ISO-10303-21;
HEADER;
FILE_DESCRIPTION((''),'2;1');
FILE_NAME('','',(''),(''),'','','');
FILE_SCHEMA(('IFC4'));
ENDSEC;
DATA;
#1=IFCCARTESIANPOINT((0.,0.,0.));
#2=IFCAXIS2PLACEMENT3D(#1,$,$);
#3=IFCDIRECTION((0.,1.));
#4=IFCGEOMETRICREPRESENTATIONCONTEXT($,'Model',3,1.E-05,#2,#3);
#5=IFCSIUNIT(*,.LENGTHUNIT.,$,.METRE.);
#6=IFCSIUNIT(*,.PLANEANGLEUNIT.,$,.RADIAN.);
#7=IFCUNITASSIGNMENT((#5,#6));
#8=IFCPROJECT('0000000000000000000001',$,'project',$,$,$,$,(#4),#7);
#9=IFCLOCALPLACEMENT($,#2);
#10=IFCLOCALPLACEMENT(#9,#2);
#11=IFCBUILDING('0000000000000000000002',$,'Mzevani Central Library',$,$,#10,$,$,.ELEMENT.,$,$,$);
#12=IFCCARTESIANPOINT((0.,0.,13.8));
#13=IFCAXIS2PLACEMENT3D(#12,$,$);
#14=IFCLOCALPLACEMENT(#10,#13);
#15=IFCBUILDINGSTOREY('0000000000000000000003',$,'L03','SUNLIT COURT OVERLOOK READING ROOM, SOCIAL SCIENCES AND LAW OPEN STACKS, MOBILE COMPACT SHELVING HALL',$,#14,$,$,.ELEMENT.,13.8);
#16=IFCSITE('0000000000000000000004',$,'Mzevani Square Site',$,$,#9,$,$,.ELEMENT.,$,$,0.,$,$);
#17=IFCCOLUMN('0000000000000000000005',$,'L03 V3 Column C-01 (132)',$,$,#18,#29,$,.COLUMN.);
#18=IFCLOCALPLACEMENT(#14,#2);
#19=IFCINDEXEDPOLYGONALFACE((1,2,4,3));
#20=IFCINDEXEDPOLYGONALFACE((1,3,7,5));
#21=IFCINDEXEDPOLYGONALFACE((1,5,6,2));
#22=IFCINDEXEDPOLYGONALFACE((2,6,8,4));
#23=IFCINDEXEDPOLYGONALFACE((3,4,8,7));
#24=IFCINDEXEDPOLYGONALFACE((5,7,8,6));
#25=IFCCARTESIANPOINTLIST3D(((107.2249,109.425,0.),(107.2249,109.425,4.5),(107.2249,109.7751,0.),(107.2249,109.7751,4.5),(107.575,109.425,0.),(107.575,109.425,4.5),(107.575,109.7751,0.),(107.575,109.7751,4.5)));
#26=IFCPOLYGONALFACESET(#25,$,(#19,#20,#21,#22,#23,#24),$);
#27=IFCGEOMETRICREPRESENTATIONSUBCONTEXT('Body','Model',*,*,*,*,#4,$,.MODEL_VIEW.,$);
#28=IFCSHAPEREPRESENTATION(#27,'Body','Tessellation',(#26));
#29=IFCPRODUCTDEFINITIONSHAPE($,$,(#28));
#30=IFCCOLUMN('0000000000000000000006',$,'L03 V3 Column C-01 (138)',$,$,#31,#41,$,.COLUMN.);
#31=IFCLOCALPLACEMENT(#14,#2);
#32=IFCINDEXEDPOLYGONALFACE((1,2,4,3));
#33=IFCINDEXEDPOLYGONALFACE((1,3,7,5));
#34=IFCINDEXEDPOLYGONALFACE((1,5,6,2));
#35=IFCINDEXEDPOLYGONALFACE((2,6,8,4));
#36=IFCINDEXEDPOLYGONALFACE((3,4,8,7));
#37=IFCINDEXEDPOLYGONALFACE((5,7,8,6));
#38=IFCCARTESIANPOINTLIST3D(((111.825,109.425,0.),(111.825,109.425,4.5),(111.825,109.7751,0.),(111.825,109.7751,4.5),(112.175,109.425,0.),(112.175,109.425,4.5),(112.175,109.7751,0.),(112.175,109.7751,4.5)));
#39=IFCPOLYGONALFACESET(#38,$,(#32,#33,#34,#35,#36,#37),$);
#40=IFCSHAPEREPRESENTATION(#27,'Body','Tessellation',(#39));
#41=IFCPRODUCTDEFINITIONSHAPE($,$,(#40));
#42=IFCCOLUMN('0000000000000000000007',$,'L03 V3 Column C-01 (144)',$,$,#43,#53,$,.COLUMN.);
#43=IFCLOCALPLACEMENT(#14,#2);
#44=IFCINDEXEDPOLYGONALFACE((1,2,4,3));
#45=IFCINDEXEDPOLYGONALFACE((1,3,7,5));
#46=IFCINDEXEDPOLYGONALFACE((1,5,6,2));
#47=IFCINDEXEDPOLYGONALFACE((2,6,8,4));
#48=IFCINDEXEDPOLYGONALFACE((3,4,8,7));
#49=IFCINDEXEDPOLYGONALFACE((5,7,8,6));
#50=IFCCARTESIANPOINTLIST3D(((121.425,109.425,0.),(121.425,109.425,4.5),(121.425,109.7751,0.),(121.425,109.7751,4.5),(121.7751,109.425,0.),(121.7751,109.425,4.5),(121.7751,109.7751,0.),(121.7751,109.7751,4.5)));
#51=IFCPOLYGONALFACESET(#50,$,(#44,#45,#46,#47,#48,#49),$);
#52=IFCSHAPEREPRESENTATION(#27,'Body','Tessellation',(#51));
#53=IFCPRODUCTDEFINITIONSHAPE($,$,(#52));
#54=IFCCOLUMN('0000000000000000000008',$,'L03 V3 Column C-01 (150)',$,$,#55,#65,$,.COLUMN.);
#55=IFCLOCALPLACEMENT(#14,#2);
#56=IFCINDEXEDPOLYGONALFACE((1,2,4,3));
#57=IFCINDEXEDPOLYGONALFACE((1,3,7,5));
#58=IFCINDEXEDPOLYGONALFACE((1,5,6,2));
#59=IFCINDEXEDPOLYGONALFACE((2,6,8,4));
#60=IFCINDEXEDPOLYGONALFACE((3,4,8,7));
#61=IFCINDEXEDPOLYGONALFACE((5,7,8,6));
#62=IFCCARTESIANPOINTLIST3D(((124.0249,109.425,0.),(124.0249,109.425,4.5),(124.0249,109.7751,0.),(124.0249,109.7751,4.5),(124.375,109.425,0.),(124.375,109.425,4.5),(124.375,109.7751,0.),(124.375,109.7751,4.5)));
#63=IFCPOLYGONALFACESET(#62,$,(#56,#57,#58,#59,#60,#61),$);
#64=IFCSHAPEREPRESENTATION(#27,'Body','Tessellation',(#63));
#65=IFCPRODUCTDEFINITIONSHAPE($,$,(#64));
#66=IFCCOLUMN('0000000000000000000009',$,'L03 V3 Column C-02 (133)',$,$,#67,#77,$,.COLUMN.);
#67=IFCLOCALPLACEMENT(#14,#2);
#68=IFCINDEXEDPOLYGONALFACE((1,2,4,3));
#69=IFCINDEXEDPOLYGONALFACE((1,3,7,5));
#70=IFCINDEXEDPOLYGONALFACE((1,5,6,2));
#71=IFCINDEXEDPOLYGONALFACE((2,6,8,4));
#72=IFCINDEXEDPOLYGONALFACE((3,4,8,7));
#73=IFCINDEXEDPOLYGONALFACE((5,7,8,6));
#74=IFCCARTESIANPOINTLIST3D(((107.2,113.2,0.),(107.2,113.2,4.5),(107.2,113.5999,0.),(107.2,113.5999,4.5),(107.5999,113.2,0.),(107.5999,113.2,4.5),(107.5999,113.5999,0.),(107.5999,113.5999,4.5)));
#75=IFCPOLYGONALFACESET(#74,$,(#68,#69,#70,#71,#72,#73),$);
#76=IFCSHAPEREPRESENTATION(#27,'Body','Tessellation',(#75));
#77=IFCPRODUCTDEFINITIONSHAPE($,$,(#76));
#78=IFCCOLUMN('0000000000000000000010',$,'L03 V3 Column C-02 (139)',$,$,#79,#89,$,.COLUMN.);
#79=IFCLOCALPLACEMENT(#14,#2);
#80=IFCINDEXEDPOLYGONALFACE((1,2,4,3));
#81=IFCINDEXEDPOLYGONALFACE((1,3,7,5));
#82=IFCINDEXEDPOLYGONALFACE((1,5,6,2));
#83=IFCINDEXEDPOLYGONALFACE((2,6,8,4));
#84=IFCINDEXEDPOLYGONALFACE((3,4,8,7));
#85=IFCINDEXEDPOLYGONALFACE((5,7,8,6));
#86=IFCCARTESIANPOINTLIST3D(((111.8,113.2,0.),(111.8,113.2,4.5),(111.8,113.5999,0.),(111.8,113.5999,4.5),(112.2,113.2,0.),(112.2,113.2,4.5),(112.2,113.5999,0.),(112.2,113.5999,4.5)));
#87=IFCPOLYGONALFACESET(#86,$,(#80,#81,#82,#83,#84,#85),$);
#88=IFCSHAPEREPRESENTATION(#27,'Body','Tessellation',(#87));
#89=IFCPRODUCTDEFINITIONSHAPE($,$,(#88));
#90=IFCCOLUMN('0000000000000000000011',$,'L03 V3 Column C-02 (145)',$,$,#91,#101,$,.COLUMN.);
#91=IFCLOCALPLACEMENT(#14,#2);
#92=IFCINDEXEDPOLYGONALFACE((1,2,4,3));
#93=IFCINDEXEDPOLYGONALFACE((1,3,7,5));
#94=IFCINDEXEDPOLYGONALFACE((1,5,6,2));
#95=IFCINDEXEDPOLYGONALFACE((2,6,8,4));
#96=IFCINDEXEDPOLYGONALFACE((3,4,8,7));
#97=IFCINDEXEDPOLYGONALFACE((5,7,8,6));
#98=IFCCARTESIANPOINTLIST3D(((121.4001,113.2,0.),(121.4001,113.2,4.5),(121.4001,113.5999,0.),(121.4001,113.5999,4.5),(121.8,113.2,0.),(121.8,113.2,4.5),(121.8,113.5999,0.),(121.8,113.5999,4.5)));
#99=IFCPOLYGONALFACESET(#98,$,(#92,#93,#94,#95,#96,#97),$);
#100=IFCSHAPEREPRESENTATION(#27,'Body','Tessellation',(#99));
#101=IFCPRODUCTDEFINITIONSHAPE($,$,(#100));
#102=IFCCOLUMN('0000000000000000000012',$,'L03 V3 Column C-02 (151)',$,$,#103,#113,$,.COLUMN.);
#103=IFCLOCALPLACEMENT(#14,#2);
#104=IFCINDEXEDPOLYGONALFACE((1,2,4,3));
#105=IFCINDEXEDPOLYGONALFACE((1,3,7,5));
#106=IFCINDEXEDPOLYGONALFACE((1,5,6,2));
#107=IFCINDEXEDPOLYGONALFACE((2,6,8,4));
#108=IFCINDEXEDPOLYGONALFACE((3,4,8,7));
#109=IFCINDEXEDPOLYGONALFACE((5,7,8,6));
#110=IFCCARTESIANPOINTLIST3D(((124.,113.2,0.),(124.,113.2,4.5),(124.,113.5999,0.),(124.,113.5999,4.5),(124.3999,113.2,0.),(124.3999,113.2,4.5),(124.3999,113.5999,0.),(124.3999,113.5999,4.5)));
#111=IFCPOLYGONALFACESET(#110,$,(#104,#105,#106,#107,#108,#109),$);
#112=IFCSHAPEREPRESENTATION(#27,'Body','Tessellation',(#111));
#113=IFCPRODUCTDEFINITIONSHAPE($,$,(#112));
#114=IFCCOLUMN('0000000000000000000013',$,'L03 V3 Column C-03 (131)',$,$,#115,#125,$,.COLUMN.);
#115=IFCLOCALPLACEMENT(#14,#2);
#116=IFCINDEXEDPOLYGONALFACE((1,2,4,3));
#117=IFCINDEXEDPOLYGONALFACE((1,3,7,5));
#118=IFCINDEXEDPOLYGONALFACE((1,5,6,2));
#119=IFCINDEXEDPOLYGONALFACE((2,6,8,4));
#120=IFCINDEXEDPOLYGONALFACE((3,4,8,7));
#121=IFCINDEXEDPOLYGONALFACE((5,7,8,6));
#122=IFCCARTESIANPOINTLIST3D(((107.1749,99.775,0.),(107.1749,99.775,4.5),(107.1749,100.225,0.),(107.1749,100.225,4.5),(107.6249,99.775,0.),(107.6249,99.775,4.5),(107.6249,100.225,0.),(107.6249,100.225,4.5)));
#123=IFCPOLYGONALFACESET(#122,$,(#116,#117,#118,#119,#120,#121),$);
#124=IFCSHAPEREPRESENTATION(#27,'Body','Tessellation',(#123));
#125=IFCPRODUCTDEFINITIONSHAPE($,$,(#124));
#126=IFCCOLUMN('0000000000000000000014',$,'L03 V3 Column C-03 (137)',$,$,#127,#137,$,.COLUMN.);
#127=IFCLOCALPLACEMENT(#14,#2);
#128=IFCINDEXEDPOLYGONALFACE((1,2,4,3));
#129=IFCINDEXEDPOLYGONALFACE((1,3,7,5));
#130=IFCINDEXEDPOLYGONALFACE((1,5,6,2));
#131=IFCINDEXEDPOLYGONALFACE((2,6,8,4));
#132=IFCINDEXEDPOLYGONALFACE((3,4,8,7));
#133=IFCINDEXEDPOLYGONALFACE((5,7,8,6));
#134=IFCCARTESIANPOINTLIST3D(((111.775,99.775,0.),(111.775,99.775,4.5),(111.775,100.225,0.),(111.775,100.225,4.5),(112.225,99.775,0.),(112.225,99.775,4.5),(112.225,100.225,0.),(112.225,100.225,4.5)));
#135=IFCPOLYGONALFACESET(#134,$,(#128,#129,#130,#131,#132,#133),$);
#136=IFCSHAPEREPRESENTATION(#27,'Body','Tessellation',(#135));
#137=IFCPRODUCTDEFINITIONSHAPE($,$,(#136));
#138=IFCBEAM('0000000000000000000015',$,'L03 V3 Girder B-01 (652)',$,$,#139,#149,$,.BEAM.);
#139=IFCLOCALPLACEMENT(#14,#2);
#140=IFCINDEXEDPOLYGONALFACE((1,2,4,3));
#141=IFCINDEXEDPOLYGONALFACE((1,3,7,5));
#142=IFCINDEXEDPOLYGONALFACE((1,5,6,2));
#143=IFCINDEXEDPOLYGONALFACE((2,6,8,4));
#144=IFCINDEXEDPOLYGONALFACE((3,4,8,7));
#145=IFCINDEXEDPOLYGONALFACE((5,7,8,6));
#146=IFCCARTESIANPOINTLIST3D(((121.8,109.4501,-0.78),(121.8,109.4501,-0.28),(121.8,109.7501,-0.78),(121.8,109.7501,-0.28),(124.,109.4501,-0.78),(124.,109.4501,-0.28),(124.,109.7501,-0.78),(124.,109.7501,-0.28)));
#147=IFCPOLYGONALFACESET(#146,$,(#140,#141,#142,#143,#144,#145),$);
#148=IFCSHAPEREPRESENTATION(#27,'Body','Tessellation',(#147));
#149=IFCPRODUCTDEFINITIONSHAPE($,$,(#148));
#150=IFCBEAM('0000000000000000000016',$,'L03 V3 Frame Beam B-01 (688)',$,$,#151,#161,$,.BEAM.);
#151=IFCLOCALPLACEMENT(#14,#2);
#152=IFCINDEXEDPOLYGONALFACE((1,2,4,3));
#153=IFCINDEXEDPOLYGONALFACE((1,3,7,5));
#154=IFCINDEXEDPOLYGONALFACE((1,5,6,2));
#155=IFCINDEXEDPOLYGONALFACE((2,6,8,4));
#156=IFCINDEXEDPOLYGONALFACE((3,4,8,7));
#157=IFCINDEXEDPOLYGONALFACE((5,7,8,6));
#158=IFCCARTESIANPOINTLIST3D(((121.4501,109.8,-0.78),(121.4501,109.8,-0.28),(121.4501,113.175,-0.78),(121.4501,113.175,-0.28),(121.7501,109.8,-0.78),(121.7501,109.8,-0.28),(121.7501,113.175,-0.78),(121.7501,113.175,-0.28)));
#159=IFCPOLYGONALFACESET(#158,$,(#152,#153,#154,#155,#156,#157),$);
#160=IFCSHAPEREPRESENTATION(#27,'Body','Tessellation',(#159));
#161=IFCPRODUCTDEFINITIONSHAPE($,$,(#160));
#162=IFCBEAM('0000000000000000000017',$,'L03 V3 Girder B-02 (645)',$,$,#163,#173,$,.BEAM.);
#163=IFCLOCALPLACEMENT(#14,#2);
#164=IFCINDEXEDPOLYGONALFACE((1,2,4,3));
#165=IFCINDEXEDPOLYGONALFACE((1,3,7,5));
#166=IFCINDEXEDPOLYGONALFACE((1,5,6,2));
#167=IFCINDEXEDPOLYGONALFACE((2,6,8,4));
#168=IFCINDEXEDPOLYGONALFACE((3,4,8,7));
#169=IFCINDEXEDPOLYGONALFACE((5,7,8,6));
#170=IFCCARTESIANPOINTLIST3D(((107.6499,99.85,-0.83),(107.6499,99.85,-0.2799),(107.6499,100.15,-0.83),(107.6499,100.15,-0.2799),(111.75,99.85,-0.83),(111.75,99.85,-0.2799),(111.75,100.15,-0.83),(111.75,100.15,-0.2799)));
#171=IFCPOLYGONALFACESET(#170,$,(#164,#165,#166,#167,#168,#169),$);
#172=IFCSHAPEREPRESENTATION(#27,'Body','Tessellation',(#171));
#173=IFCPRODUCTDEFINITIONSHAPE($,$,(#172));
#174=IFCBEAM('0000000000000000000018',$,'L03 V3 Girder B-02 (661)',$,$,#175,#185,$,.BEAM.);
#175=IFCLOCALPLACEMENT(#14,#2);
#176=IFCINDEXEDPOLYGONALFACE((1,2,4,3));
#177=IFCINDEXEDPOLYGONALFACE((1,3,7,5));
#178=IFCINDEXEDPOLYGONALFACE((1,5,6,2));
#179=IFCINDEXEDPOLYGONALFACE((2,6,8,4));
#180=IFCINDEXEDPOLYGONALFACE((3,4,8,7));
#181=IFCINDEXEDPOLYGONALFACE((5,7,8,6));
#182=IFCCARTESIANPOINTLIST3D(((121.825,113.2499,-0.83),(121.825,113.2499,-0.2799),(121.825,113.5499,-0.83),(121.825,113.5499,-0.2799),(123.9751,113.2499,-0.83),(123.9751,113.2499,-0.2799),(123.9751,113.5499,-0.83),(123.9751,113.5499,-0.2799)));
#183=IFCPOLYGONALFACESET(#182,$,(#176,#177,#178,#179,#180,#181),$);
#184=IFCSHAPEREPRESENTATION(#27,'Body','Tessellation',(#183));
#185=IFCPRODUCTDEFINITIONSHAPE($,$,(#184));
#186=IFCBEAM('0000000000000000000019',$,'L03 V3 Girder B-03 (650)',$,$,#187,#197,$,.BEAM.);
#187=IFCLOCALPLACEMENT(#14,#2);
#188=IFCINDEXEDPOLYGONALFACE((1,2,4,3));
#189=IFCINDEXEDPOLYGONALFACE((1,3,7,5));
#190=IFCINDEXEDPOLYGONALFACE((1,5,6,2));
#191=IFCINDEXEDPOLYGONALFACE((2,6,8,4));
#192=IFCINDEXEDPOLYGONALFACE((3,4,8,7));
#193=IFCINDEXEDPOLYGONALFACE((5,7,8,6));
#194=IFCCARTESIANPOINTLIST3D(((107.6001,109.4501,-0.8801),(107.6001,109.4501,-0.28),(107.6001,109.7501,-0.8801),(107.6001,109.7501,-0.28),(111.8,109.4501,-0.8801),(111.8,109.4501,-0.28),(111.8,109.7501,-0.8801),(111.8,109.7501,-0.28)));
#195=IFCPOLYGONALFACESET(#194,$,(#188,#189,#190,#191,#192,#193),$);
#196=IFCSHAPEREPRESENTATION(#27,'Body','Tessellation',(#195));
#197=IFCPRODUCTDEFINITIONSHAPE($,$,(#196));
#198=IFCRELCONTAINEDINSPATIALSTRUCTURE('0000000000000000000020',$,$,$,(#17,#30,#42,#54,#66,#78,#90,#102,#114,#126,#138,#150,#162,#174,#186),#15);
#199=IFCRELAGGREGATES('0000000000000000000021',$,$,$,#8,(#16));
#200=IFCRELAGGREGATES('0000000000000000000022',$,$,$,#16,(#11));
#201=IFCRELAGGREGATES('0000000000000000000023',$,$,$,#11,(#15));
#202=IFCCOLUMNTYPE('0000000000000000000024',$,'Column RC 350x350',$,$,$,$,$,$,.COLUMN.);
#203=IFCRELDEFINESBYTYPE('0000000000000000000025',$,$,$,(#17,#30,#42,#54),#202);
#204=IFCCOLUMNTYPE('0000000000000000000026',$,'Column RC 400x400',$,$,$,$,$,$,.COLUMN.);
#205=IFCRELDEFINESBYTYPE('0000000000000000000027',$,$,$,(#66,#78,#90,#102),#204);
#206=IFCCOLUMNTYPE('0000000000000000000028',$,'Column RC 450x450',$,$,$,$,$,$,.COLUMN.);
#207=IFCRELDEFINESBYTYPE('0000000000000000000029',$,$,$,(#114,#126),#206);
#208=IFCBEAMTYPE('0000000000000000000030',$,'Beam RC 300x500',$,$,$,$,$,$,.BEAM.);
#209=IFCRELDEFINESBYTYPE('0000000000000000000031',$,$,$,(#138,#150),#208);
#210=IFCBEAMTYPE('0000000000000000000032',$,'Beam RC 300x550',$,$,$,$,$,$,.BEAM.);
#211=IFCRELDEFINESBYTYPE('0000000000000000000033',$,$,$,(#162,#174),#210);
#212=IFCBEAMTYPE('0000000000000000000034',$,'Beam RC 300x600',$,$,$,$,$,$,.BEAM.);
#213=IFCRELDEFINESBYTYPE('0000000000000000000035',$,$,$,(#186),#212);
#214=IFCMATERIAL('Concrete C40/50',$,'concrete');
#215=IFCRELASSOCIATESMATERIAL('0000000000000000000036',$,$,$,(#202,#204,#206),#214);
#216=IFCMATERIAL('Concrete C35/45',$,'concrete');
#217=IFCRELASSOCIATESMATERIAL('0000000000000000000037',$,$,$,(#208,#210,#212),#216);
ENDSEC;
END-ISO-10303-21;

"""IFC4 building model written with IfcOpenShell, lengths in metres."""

from ifc_helpers import new_model, si_unit, direction, frame, origin, origin_2d, place, context, subcontext, project, spatial, rectangle, extrude, material, material_profile, profile_set, type_object, element, save


model = new_model("IFC4")

# Units and contexts
model_context = context("Model", 3, precision=1e-05, world=origin(), true_north=direction((0.0, 1.0)))
body_context = subcontext(model_context, "Body", "Model", "MODEL_VIEW")
ifc_project = project(units=[si_unit("LENGTHUNIT", "METRE"), si_unit("PLANEANGLEUNIT", "RADIAN")], contexts=[model_context])

# Site, building, storey
site_placement = place(None, origin())
site = spatial("IfcSite", under=ifc_project, at=site_placement, Name="Mzevani Square Site", CompositionType="ELEMENT", RefElevation=0.0)
building_placement = place(site_placement, origin())
building = spatial("IfcBuilding", under=site, at=building_placement, Name="Mzevani Central Library", CompositionType="ELEMENT")
storey_placement = place(building_placement, frame((0.0, 0.0, 13.8)))
storey = spatial("IfcBuildingStorey", under=building, at=storey_placement, Name="L03", Description="SUNLIT COURT OVERLOOK READING ROOM, SOCIAL SCIENCES AND LAW OPEN STACKS, MOBILE COMPACT SHELVING HALL", CompositionType="ELEMENT", Elevation=13.8)

# Columns
ifc_material_1 = material(Name="Concrete C40/50", Category="concrete")
ifc_material_profile_1 = material_profile(ifc_material_1, rectangle(XDim=0.3501, YDim=0.3501, at=origin_2d()), Name="RC 350x350")
ifc_profile_set_1 = profile_set([ifc_material_profile_1], Name="Concrete C40/50")
column_type_1 = type_object("IfcColumnType", Name="Column RC 350x350", PredefinedType="COLUMN", material=ifc_profile_set_1)
for number, where, z_axis, x_axis, name in (
    (1, (107.3999, 109.6001, 0.0), (0.0, 0.0, 1.0), (1.0, 0.0, 0.0), "L03 V3 Column C-01 (132)"),
    (2, (112.0, 109.6001, 0.0), (0.0, 0.0, 1.0), (1.0, 0.0, 0.0), "L03 V3 Column C-01 (138)"),
    (3, (121.6001, 109.6001, 0.0), (0.0, 0.0, 1.0), (1.0, 0.0, 0.0), "L03 V3 Column C-01 (144)"),
    (4, (124.2, 109.6001, 0.0), (0.0, 0.0, 1.0), (1.0, 0.0, 0.0), "L03 V3 Column C-01 (150)"),
):
    element("IfcColumn", number, at=place(storey_placement, frame(where, z_axis=z_axis, x_axis=x_axis)), inside=storey, type_object=column_type_1, Name=name, PredefinedType="COLUMN", context=body_context, shape_type="SweptSolid", body=[
        extrude(rectangle(XDim=0.3501, YDim=0.3501, at=origin_2d()), origin(), (0.0, 0.0, 1.0), 4.5),
    ])
ifc_material_profile_2 = material_profile(ifc_material_1, rectangle(XDim=0.3999, YDim=0.3999, at=origin_2d()), Name="RC 400x400")
ifc_profile_set_2 = profile_set([ifc_material_profile_2], Name="Concrete C40/50")
column_type_2 = type_object("IfcColumnType", Name="Column RC 400x400", PredefinedType="COLUMN", material=ifc_profile_set_2)
for number, where, z_axis, x_axis, name in (
    (5, (107.3999, 113.3999, 0.0), (0.0, 0.0, 1.0), (1.0, 0.0, 0.0), "L03 V3 Column C-02 (133)"),
    (6, (112.0, 113.3999, 0.0), (0.0, 0.0, 1.0), (1.0, 0.0, 0.0), "L03 V3 Column C-02 (139)"),
    (7, (121.6001, 113.3999, 0.0), (0.0, 0.0, 1.0), (1.0, 0.0, 0.0), "L03 V3 Column C-02 (145)"),
    (8, (124.2, 113.3999, 0.0), (0.0, 0.0, 1.0), (1.0, 0.0, 0.0), "L03 V3 Column C-02 (151)"),
):
    element("IfcColumn", number, at=place(storey_placement, frame(where, z_axis=z_axis, x_axis=x_axis)), inside=storey, type_object=column_type_2, Name=name, PredefinedType="COLUMN", context=body_context, shape_type="SweptSolid", body=[
        extrude(rectangle(XDim=0.3999, YDim=0.3999, at=origin_2d()), origin(), (0.0, 0.0, 1.0), 4.5),
    ])
ifc_material_profile_3 = material_profile(ifc_material_1, rectangle(XDim=0.45, YDim=0.45, at=origin_2d()), Name="RC 450x450")
ifc_profile_set_3 = profile_set([ifc_material_profile_3], Name="Concrete C40/50")
column_type_3 = type_object("IfcColumnType", Name="Column RC 450x450", PredefinedType="COLUMN", material=ifc_profile_set_3)
for number, where, z_axis, x_axis, name in (
    (9, (107.3999, 100.0, 0.0), (0.0, 0.0, 1.0), (1.0, 0.0, 0.0), "L03 V3 Column C-03 (131)"),
    (10, (112.0, 100.0, 0.0), (0.0, 0.0, 1.0), (1.0, 0.0, 0.0), "L03 V3 Column C-03 (137)"),
):
    element("IfcColumn", number, at=place(storey_placement, frame(where, z_axis=z_axis, x_axis=x_axis)), inside=storey, type_object=column_type_3, Name=name, PredefinedType="COLUMN", context=body_context, shape_type="SweptSolid", body=[
        extrude(rectangle(XDim=0.45, YDim=0.45, at=origin_2d()), origin(), (0.0, 0.0, 1.0), 4.5),
    ])

# Beams
ifc_material_2 = material(Name="Concrete C35/45", Category="concrete")
ifc_material_profile_4 = material_profile(ifc_material_2, rectangle(XDim=0.3, YDim=0.5, at=origin_2d()), Name="RC B300x500")
ifc_profile_set_4 = profile_set([ifc_material_profile_4], Name="Concrete C35/45")
beam_type_1 = type_object("IfcBeamType", Name="Beam RC 300x500", PredefinedType="BEAM", material=ifc_profile_set_4)
beam_1_placement = place(storey_placement, frame((121.8, 109.6001, -0.53), z_axis=(1.0, 0.0, 0.0), x_axis=(0.0, 1.0, 0.0)))
element("IfcBeam", 11, at=beam_1_placement, inside=storey, type_object=beam_type_1, Name="L03 V3 Girder B-01 (652)", PredefinedType="BEAM", context=body_context, shape_type="SweptSolid", body=[
    extrude(rectangle(XDim=0.3, YDim=0.5, at=origin_2d()), origin(), (0.0, 0.0, 1.0), 2.2),
])
beam_2_placement = place(storey_placement, frame((121.6001, 109.8, -0.53), z_axis=(0.0, 1.0, 0.0), x_axis=(-1.0, 0.0, 0.0)))
element("IfcBeam", 12, at=beam_2_placement, inside=storey, type_object=beam_type_1, Name="L03 V3 Frame Beam B-01 (688)", PredefinedType="BEAM", context=body_context, shape_type="SweptSolid", body=[
    extrude(rectangle(XDim=0.3, YDim=0.5, at=origin_2d()), origin(), (0.0, 0.0, 1.0), 3.375),
])
ifc_material_profile_5 = material_profile(ifc_material_2, rectangle(XDim=0.3, YDim=0.55, at=origin_2d()), Name="RC B300x550")
ifc_profile_set_5 = profile_set([ifc_material_profile_5], Name="Concrete C35/45")
beam_type_2 = type_object("IfcBeamType", Name="Beam RC 300x550", PredefinedType="BEAM", material=ifc_profile_set_5)
beam_3_placement = place(storey_placement, frame((107.6499, 100.0, -0.5549), z_axis=(1.0, 0.0, 0.0), x_axis=(0.0, 1.0, 0.0)))
element("IfcBeam", 13, at=beam_3_placement, inside=storey, type_object=beam_type_2, Name="L03 V3 Girder B-02 (645)", PredefinedType="BEAM", context=body_context, shape_type="SweptSolid", body=[
    extrude(rectangle(XDim=0.3, YDim=0.55, at=origin_2d()), origin(), (0.0, 0.0, 1.0), 4.1001),
])
beam_4_placement = place(storey_placement, frame((121.825, 113.3999, -0.5549), z_axis=(1.0, 0.0, 0.0), x_axis=(0.0, 1.0, 0.0)))
element("IfcBeam", 14, at=beam_4_placement, inside=storey, type_object=beam_type_2, Name="L03 V3 Girder B-02 (661)", PredefinedType="BEAM", context=body_context, shape_type="SweptSolid", body=[
    extrude(rectangle(XDim=0.3, YDim=0.55, at=origin_2d()), origin(), (0.0, 0.0, 1.0), 2.1501),
])
ifc_material_profile_6 = material_profile(ifc_material_2, rectangle(XDim=0.3, YDim=0.6001, at=origin_2d()), Name="RC B300x600")
ifc_profile_set_6 = profile_set([ifc_material_profile_6], Name="Concrete C35/45")
beam_type_3 = type_object("IfcBeamType", Name="Beam RC 300x600", PredefinedType="BEAM", material=ifc_profile_set_6)
beam_5_placement = place(storey_placement, frame((107.6001, 109.6001, -0.5801), z_axis=(1.0, 0.0, 0.0), x_axis=(0.0, 1.0, 0.0)))
element("IfcBeam", 15, at=beam_5_placement, inside=storey, type_object=beam_type_3, Name="L03 V3 Girder B-03 (650)", PredefinedType="BEAM", context=body_context, shape_type="SweptSolid", body=[
    extrude(rectangle(XDim=0.3, YDim=0.6001, at=origin_2d()), origin(), (0.0, 0.0, 1.0), 4.2),
])

save(model, "model.ifc")
